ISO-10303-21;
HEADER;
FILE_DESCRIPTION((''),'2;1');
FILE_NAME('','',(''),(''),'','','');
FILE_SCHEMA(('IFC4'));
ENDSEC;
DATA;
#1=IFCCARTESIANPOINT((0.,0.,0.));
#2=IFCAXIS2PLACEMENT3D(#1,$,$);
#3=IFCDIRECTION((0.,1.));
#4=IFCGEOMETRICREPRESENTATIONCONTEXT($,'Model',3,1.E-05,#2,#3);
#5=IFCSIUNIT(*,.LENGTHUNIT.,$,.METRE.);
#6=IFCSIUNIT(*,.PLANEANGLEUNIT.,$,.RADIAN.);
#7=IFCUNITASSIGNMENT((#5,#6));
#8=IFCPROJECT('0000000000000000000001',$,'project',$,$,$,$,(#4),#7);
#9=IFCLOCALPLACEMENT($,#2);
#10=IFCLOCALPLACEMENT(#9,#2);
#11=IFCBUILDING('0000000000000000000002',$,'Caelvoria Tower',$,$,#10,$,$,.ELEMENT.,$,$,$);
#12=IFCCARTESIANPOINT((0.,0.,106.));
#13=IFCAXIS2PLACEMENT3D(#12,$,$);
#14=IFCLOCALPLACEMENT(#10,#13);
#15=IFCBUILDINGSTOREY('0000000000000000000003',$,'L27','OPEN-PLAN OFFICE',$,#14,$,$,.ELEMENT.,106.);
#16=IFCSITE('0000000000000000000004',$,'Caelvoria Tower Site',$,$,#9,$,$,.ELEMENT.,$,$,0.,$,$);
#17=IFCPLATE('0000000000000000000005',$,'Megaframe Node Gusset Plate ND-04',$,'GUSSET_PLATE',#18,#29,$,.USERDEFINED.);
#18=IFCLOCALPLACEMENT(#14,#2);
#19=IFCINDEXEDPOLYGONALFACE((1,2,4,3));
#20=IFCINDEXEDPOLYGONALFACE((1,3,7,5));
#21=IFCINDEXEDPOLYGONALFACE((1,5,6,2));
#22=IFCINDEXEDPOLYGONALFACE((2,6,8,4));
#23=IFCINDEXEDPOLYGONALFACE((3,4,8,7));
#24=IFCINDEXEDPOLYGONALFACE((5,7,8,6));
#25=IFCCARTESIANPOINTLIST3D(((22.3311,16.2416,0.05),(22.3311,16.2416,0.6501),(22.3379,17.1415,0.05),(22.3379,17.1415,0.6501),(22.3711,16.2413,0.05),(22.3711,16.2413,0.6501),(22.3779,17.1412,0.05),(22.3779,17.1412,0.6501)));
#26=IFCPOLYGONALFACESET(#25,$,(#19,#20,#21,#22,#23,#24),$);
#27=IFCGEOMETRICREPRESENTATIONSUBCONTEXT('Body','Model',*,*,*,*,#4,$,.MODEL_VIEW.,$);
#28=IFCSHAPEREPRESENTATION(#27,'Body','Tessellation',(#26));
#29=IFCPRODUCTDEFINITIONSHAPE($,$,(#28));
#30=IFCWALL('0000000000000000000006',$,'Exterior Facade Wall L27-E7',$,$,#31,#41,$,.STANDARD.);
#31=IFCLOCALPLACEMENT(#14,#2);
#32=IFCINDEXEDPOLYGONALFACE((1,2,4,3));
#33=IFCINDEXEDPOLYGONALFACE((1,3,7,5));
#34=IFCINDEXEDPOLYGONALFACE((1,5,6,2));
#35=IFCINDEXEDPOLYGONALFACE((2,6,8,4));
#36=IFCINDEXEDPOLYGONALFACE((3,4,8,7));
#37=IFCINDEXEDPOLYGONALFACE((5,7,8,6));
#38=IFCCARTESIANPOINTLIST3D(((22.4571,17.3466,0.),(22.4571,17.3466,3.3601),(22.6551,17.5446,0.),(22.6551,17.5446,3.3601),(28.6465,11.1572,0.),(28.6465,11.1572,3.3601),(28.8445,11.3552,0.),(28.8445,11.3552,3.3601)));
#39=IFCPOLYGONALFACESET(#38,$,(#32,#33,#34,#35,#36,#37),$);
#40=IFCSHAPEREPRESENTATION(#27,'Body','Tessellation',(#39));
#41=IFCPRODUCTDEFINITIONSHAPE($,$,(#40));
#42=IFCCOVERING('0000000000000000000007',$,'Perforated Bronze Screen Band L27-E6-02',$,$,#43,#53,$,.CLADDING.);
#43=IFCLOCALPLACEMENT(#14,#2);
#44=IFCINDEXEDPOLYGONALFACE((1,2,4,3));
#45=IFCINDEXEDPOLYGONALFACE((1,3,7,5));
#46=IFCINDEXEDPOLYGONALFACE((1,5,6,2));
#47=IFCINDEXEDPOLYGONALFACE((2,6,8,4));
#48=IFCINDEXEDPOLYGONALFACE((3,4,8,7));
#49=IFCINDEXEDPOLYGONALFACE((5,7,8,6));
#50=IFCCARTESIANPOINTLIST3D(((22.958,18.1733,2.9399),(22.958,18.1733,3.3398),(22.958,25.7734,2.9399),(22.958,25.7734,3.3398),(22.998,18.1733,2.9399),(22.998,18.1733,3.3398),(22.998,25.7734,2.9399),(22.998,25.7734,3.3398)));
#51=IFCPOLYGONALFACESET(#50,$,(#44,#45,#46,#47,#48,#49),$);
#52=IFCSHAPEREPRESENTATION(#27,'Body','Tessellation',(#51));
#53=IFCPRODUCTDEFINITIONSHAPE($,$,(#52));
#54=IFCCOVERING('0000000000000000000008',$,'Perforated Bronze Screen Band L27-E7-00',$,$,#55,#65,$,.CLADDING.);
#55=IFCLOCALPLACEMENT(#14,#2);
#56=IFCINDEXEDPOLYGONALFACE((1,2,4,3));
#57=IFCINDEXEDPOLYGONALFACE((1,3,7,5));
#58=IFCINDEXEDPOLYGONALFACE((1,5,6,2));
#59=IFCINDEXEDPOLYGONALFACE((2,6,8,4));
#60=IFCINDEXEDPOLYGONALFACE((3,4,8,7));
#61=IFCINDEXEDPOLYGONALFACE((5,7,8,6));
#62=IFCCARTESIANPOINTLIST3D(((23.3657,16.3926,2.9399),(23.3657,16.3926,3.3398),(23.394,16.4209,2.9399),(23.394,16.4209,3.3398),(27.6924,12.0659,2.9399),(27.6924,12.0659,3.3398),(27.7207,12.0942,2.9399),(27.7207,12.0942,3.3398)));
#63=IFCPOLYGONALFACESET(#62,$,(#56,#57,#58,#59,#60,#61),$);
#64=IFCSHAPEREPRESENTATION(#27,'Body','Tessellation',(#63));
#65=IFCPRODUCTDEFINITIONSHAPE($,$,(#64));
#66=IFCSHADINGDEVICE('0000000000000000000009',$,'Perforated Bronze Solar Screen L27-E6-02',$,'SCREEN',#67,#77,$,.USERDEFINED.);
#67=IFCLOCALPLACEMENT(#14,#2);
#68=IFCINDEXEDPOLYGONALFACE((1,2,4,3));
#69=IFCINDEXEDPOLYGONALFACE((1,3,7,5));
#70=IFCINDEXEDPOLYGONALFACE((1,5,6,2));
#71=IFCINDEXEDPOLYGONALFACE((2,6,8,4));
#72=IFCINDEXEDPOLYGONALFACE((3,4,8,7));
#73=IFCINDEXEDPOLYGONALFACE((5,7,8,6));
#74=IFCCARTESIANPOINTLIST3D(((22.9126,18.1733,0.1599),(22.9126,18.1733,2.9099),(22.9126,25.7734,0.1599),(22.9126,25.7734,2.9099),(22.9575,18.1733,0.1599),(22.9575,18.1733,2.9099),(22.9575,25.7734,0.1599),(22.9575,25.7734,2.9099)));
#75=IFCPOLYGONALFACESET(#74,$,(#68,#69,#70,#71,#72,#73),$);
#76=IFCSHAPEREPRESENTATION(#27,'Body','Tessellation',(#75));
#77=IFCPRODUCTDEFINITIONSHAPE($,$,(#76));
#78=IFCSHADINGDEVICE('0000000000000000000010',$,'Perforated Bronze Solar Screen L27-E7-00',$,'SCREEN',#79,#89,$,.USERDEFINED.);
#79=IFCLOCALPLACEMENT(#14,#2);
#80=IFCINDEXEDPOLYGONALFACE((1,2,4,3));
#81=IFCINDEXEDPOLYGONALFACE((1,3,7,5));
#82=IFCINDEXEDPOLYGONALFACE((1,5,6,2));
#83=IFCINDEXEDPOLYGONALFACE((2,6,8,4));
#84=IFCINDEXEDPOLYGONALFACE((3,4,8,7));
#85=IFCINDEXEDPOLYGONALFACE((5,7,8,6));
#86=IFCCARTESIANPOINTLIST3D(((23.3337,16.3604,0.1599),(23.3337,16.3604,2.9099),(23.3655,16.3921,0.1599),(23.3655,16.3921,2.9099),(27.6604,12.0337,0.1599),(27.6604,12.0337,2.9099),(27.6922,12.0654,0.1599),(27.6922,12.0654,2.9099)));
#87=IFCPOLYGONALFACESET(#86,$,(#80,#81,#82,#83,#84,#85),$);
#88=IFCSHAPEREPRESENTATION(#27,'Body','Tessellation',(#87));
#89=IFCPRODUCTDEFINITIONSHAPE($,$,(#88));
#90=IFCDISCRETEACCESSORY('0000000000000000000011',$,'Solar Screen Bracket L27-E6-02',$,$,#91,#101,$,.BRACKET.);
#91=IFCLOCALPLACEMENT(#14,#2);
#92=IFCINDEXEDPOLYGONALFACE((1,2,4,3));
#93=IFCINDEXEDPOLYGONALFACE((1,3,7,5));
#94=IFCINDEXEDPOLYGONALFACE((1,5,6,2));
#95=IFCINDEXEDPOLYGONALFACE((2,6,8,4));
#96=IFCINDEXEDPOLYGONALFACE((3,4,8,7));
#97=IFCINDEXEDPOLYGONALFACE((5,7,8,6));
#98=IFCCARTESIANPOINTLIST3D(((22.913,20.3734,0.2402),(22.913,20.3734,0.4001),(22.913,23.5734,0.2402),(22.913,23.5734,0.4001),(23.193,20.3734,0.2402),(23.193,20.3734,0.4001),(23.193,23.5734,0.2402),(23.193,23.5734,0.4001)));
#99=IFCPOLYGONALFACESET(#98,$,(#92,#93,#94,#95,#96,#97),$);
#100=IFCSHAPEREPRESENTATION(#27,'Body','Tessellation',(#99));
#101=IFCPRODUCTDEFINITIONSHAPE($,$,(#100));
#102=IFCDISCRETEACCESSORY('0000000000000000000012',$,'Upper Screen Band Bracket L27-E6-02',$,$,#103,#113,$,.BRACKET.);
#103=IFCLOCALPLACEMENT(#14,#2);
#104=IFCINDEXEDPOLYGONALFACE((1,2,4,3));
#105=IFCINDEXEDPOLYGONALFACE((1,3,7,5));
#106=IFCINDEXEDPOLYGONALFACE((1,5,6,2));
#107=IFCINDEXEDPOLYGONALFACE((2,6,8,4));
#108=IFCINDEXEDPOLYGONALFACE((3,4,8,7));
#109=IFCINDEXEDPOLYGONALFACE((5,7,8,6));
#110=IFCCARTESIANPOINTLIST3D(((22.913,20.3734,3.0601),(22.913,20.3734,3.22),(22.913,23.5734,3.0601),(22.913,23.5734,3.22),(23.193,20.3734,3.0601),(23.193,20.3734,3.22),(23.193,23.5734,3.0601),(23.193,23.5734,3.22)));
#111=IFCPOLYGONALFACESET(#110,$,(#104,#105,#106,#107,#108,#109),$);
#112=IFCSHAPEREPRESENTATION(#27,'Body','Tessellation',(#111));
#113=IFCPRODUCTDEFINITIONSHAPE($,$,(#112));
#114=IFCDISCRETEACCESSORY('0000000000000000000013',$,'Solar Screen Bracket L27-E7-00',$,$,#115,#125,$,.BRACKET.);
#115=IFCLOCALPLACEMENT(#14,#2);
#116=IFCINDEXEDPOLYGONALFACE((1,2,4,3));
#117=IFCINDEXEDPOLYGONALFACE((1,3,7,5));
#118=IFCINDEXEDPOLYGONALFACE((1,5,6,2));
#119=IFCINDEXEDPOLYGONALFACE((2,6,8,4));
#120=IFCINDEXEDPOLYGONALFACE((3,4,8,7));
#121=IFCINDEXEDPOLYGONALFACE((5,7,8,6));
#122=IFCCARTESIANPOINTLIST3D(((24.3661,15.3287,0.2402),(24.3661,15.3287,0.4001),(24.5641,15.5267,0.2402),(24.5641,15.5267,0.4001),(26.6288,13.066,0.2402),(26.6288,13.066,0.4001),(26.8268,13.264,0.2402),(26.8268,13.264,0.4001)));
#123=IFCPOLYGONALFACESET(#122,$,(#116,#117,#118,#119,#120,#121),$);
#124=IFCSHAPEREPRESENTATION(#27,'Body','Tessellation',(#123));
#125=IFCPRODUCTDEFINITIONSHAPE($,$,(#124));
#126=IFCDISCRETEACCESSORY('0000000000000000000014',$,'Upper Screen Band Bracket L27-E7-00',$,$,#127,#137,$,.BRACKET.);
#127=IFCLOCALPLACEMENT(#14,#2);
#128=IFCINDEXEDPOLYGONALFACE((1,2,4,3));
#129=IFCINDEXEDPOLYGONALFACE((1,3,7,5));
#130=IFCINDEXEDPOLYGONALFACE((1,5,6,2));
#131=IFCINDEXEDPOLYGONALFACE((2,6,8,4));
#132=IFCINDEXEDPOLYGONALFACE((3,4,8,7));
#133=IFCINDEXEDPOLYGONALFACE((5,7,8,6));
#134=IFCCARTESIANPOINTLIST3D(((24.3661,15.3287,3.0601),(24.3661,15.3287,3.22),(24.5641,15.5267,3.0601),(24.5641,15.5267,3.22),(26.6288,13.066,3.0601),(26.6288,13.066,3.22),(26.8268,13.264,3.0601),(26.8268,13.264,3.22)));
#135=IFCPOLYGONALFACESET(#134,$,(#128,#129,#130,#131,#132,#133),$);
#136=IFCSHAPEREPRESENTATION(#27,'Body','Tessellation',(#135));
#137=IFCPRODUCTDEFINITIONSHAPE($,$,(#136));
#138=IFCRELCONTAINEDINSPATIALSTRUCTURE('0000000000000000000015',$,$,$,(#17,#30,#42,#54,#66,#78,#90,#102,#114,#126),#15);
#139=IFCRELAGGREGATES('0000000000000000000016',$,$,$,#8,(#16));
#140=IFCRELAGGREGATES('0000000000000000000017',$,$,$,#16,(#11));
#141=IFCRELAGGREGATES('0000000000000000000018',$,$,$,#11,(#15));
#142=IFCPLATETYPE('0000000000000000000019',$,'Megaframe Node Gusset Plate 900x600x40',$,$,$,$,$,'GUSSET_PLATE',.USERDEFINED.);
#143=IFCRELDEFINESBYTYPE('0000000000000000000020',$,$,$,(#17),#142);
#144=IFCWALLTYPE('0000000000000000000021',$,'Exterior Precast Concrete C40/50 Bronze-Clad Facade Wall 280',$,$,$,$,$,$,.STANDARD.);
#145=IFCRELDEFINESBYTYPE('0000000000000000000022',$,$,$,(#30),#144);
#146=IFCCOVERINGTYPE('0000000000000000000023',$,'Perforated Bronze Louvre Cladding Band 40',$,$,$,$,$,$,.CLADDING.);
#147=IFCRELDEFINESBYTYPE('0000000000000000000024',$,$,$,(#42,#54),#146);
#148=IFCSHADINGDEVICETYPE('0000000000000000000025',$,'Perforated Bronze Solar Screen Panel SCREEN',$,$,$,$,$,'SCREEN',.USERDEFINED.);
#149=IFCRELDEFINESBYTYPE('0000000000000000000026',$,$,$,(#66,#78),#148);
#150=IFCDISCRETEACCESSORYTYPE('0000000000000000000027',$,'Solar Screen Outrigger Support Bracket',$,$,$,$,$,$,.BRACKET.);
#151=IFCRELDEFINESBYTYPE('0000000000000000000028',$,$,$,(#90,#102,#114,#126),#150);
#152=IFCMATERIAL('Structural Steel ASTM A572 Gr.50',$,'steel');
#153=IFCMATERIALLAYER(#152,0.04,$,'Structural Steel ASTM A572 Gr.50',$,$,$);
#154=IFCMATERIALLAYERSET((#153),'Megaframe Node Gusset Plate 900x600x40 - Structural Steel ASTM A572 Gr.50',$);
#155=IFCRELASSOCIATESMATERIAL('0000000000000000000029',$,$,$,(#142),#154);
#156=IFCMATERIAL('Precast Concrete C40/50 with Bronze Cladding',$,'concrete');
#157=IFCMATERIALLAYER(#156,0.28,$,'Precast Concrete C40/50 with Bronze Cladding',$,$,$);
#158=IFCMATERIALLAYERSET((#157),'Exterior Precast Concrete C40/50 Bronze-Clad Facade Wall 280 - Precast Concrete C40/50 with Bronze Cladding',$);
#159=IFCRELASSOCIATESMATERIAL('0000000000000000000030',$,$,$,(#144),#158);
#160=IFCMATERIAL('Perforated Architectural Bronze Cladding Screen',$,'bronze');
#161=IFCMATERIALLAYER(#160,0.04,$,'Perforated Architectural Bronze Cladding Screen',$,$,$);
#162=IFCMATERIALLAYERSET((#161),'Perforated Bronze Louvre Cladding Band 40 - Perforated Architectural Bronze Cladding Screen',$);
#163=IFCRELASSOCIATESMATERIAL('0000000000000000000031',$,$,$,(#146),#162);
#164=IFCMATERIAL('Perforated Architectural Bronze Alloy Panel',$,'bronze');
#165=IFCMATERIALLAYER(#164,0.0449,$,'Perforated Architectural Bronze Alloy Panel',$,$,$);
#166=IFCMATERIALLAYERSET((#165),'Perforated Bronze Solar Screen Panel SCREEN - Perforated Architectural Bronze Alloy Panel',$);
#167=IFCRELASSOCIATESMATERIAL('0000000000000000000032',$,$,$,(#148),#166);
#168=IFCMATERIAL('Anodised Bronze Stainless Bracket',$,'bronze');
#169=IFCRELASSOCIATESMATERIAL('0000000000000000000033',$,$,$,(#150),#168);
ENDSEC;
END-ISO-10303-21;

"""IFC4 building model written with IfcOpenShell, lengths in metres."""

from ifc_helpers import new_model, si_unit, direction, frame, frame_2d, origin, origin_2d, place, context, subcontext, project, spatial, rectangle, extrude, material, layer, layer_set, type_object, element, save


model = new_model("IFC4")

# Units and contexts
model_context = context("Model", 3, precision=1e-05, world=origin(), true_north=direction((0.0, 1.0)))
body_context = subcontext(model_context, "Body", "Model", "MODEL_VIEW")
ifc_project = project(units=[si_unit("LENGTHUNIT", "METRE"), si_unit("PLANEANGLEUNIT", "RADIAN")], contexts=[model_context])

# Site, building, storey
site_placement = place(None, origin())
site = spatial("IfcSite", under=ifc_project, at=site_placement, Name="Caelvoria Tower Site", CompositionType="ELEMENT", RefElevation=0.0)
building_placement = place(site_placement, origin())
building = spatial("IfcBuilding", under=site, at=building_placement, Name="Caelvoria Tower", CompositionType="ELEMENT")
storey_placement = place(building_placement, frame((0.0, 0.0, 106.0)))
storey = spatial("IfcBuildingStorey", under=building, at=storey_placement, Name="L27", Description="OPEN-PLAN OFFICE", CompositionType="ELEMENT", Elevation=106.0)

# Shared definitions
ifc_material_1 = material(Name="Structural Steel ASTM A572 Gr.50", Category="steel")

# Plate
ifc_layer_1 = layer(ifc_material_1, 0.04, Name="Structural Steel ASTM A572 Gr.50")
ifc_layer_set_1 = layer_set([ifc_layer_1], Name="Megaframe Node Gusset Plate 900x600x40 - Structural Steel ASTM A572 Gr.50")
plate_type = type_object("IfcPlateType", Name="Megaframe Node Gusset Plate 900x600x40", ElementType="GUSSET_PLATE", PredefinedType="USERDEFINED", material=ifc_layer_set_1)
plate_placement = place(storey_placement, frame((22.3545, 16.6914, 0.05), z_axis=(0.0, 0.0, 1.0), x_axis=(0.00755, 0.999971, 0.0)))
element("IfcPlate", 1, at=plate_placement, inside=storey, type_object=plate_type, Name="Megaframe Node Gusset Plate ND-04", ObjectType="GUSSET_PLATE", PredefinedType="USERDEFINED", context=body_context, shape_type="SweptSolid", body=[
    extrude(rectangle(XDim=0.8999, YDim=0.04, at=origin_2d()), origin(), (0.0, 0.0, 1.0), 0.6001),
])

# Wall
ifc_material_2 = material(Name="Precast Concrete C40/50 with Bronze Cladding", Category="concrete")
ifc_layer_2 = layer(ifc_material_2, 0.28, Name="Precast Concrete C40/50 with Bronze Cladding")
ifc_layer_set_2 = layer_set([ifc_layer_2], Name="Exterior Precast Concrete C40/50 Bronze-Clad Facade Wall 280 - Precast Concrete C40/50 with Bronze Cladding")
wall_type = type_object("IfcWallType", Name="Exterior Precast Concrete C40/50 Bronze-Clad Facade Wall 280", PredefinedType="STANDARD", material=ifc_layer_set_2)
wall_placement = place(storey_placement, frame((22.5562, 17.4456, 0.0), z_axis=(0.0, 0.0, 1.0), x_axis=(0.707107, -0.707107, 0.0)))
element("IfcWall", 2, at=wall_placement, inside=storey, type_object=wall_type, Name="Exterior Facade Wall L27-E7", PredefinedType="STANDARD", context=body_context, shape_type="SweptSolid", body=[
    extrude(rectangle(XDim=8.7532, YDim=0.28, at=frame_2d((4.3765, 0.0))), origin(), (0.0, 0.0, 1.0), 3.3601),
])

# Coverings
ifc_material_3 = material(Name="Perforated Architectural Bronze Cladding Screen", Category="bronze")
ifc_layer_3 = layer(ifc_material_3, 0.04, Name="Perforated Architectural Bronze Cladding Screen")
ifc_layer_set_3 = layer_set([ifc_layer_3], Name="Perforated Bronze Louvre Cladding Band 40 - Perforated Architectural Bronze Cladding Screen")
covering_type = type_object("IfcCoveringType", Name="Perforated Bronze Louvre Cladding Band 40", PredefinedType="CLADDING", material=ifc_layer_set_3)
covering_1_placement = place(storey_placement, frame((22.978, 21.9734, 2.9399), z_axis=(0.0, 0.0, 1.0), x_axis=(0.0, -1.0, 0.0)))
element("IfcCovering", 3, at=covering_1_placement, inside=storey, type_object=covering_type, Name="Perforated Bronze Screen Band L27-E6-02", PredefinedType="CLADDING", context=body_context, shape_type="SweptSolid", body=[
    extrude(rectangle(XDim=7.6001, YDim=0.04, at=origin_2d()), origin(), (0.0, 0.0, 1.0), 0.3999),
])
covering_2_placement = place(storey_placement, frame((25.5432, 14.2434, 2.9399), z_axis=(0.0, 0.0, 1.0), x_axis=(0.707107, -0.707107, 0.0)))
element("IfcCovering", 4, at=covering_2_placement, inside=storey, type_object=covering_type, Name="Perforated Bronze Screen Band L27-E7-00", PredefinedType="CLADDING", context=body_context, shape_type="SweptSolid", body=[
    extrude(rectangle(XDim=6.1189, YDim=0.04, at=origin_2d()), origin(), (0.0, 0.0, 1.0), 0.3999),
])

# Shading devices
ifc_material_4 = material(Name="Perforated Architectural Bronze Alloy Panel", Category="bronze")
ifc_layer_4 = layer(ifc_material_4, 0.0449, Name="Perforated Architectural Bronze Alloy Panel")
ifc_layer_set_4 = layer_set([ifc_layer_4], Name="Perforated Bronze Solar Screen Panel SCREEN - Perforated Architectural Bronze Alloy Panel")
shading_device_type = type_object("IfcShadingDeviceType", Name="Perforated Bronze Solar Screen Panel SCREEN", ElementType="SCREEN", PredefinedType="USERDEFINED", material=ifc_layer_set_4)
shading_device_1_placement = place(storey_placement, frame((22.9351, 21.9734, 0.1599), z_axis=(0.0, 0.0, 1.0), x_axis=(0.0, -1.0, 0.0)))
element("IfcShadingDevice", 5, at=shading_device_1_placement, inside=storey, type_object=shading_device_type, Name="Perforated Bronze Solar Screen L27-E6-02", ObjectType="SCREEN", PredefinedType="USERDEFINED", context=body_context, shape_type="SweptSolid", body=[
    extrude(rectangle(XDim=7.6001, YDim=0.0449, at=origin_2d()), origin(), (0.0, 0.0, 1.0), 2.75),
])
shading_device_2_placement = place(storey_placement, frame((25.5129, 14.2129, 0.1599), z_axis=(0.0, 0.0, 1.0), x_axis=(0.707107, -0.707107, 0.0)))
element("IfcShadingDevice", 6, at=shading_device_2_placement, inside=storey, type_object=shading_device_type, Name="Perforated Bronze Solar Screen L27-E7-00", ObjectType="SCREEN", PredefinedType="USERDEFINED", context=body_context, shape_type="SweptSolid", body=[
    extrude(rectangle(XDim=6.1189, YDim=0.0449, at=origin_2d()), origin(), (0.0, 0.0, 1.0), 2.75),
])

# Discrete accessories
ifc_material_5 = material(Name="Anodised Bronze Stainless Bracket", Category="bronze")
discrete_accessory_type = type_object("IfcDiscreteAccessoryType", Name="Solar Screen Outrigger Support Bracket", PredefinedType="BRACKET", material=ifc_material_5)
for number, where, z_axis, x_axis, name in (
    (7, (23.053, 21.9734, 0.2402), (0.0, 0.0, 1.0), (0.0, -1.0, 0.0), "Solar Screen Bracket L27-E6-02"),
    (8, (23.053, 21.9734, 3.0601), (0.0, 0.0, 1.0), (0.0, -1.0, 0.0), "Upper Screen Band Bracket L27-E6-02"),
    (9, (25.5964, 14.2964, 0.2402), (0.0, 0.0, 1.0), (0.707107, -0.707107, 0.0), "Solar Screen Bracket L27-E7-00"),
    (10, (25.5964, 14.2964, 3.0601), (0.0, 0.0, 1.0), (0.707107, -0.707107, 0.0), "Upper Screen Band Bracket L27-E7-00"),
):
    element("IfcDiscreteAccessory", number, at=place(storey_placement, frame(where, z_axis=z_axis, x_axis=x_axis)), inside=storey, type_object=discrete_accessory_type, Name=name, PredefinedType="BRACKET", context=body_context, shape_type="SweptSolid", body=[
        extrude(rectangle(XDim=3.2, YDim=0.28, at=origin_2d()), origin(), (0.0, 0.0, 1.0), 0.1599),
    ])

save(model, "model.ifc")
